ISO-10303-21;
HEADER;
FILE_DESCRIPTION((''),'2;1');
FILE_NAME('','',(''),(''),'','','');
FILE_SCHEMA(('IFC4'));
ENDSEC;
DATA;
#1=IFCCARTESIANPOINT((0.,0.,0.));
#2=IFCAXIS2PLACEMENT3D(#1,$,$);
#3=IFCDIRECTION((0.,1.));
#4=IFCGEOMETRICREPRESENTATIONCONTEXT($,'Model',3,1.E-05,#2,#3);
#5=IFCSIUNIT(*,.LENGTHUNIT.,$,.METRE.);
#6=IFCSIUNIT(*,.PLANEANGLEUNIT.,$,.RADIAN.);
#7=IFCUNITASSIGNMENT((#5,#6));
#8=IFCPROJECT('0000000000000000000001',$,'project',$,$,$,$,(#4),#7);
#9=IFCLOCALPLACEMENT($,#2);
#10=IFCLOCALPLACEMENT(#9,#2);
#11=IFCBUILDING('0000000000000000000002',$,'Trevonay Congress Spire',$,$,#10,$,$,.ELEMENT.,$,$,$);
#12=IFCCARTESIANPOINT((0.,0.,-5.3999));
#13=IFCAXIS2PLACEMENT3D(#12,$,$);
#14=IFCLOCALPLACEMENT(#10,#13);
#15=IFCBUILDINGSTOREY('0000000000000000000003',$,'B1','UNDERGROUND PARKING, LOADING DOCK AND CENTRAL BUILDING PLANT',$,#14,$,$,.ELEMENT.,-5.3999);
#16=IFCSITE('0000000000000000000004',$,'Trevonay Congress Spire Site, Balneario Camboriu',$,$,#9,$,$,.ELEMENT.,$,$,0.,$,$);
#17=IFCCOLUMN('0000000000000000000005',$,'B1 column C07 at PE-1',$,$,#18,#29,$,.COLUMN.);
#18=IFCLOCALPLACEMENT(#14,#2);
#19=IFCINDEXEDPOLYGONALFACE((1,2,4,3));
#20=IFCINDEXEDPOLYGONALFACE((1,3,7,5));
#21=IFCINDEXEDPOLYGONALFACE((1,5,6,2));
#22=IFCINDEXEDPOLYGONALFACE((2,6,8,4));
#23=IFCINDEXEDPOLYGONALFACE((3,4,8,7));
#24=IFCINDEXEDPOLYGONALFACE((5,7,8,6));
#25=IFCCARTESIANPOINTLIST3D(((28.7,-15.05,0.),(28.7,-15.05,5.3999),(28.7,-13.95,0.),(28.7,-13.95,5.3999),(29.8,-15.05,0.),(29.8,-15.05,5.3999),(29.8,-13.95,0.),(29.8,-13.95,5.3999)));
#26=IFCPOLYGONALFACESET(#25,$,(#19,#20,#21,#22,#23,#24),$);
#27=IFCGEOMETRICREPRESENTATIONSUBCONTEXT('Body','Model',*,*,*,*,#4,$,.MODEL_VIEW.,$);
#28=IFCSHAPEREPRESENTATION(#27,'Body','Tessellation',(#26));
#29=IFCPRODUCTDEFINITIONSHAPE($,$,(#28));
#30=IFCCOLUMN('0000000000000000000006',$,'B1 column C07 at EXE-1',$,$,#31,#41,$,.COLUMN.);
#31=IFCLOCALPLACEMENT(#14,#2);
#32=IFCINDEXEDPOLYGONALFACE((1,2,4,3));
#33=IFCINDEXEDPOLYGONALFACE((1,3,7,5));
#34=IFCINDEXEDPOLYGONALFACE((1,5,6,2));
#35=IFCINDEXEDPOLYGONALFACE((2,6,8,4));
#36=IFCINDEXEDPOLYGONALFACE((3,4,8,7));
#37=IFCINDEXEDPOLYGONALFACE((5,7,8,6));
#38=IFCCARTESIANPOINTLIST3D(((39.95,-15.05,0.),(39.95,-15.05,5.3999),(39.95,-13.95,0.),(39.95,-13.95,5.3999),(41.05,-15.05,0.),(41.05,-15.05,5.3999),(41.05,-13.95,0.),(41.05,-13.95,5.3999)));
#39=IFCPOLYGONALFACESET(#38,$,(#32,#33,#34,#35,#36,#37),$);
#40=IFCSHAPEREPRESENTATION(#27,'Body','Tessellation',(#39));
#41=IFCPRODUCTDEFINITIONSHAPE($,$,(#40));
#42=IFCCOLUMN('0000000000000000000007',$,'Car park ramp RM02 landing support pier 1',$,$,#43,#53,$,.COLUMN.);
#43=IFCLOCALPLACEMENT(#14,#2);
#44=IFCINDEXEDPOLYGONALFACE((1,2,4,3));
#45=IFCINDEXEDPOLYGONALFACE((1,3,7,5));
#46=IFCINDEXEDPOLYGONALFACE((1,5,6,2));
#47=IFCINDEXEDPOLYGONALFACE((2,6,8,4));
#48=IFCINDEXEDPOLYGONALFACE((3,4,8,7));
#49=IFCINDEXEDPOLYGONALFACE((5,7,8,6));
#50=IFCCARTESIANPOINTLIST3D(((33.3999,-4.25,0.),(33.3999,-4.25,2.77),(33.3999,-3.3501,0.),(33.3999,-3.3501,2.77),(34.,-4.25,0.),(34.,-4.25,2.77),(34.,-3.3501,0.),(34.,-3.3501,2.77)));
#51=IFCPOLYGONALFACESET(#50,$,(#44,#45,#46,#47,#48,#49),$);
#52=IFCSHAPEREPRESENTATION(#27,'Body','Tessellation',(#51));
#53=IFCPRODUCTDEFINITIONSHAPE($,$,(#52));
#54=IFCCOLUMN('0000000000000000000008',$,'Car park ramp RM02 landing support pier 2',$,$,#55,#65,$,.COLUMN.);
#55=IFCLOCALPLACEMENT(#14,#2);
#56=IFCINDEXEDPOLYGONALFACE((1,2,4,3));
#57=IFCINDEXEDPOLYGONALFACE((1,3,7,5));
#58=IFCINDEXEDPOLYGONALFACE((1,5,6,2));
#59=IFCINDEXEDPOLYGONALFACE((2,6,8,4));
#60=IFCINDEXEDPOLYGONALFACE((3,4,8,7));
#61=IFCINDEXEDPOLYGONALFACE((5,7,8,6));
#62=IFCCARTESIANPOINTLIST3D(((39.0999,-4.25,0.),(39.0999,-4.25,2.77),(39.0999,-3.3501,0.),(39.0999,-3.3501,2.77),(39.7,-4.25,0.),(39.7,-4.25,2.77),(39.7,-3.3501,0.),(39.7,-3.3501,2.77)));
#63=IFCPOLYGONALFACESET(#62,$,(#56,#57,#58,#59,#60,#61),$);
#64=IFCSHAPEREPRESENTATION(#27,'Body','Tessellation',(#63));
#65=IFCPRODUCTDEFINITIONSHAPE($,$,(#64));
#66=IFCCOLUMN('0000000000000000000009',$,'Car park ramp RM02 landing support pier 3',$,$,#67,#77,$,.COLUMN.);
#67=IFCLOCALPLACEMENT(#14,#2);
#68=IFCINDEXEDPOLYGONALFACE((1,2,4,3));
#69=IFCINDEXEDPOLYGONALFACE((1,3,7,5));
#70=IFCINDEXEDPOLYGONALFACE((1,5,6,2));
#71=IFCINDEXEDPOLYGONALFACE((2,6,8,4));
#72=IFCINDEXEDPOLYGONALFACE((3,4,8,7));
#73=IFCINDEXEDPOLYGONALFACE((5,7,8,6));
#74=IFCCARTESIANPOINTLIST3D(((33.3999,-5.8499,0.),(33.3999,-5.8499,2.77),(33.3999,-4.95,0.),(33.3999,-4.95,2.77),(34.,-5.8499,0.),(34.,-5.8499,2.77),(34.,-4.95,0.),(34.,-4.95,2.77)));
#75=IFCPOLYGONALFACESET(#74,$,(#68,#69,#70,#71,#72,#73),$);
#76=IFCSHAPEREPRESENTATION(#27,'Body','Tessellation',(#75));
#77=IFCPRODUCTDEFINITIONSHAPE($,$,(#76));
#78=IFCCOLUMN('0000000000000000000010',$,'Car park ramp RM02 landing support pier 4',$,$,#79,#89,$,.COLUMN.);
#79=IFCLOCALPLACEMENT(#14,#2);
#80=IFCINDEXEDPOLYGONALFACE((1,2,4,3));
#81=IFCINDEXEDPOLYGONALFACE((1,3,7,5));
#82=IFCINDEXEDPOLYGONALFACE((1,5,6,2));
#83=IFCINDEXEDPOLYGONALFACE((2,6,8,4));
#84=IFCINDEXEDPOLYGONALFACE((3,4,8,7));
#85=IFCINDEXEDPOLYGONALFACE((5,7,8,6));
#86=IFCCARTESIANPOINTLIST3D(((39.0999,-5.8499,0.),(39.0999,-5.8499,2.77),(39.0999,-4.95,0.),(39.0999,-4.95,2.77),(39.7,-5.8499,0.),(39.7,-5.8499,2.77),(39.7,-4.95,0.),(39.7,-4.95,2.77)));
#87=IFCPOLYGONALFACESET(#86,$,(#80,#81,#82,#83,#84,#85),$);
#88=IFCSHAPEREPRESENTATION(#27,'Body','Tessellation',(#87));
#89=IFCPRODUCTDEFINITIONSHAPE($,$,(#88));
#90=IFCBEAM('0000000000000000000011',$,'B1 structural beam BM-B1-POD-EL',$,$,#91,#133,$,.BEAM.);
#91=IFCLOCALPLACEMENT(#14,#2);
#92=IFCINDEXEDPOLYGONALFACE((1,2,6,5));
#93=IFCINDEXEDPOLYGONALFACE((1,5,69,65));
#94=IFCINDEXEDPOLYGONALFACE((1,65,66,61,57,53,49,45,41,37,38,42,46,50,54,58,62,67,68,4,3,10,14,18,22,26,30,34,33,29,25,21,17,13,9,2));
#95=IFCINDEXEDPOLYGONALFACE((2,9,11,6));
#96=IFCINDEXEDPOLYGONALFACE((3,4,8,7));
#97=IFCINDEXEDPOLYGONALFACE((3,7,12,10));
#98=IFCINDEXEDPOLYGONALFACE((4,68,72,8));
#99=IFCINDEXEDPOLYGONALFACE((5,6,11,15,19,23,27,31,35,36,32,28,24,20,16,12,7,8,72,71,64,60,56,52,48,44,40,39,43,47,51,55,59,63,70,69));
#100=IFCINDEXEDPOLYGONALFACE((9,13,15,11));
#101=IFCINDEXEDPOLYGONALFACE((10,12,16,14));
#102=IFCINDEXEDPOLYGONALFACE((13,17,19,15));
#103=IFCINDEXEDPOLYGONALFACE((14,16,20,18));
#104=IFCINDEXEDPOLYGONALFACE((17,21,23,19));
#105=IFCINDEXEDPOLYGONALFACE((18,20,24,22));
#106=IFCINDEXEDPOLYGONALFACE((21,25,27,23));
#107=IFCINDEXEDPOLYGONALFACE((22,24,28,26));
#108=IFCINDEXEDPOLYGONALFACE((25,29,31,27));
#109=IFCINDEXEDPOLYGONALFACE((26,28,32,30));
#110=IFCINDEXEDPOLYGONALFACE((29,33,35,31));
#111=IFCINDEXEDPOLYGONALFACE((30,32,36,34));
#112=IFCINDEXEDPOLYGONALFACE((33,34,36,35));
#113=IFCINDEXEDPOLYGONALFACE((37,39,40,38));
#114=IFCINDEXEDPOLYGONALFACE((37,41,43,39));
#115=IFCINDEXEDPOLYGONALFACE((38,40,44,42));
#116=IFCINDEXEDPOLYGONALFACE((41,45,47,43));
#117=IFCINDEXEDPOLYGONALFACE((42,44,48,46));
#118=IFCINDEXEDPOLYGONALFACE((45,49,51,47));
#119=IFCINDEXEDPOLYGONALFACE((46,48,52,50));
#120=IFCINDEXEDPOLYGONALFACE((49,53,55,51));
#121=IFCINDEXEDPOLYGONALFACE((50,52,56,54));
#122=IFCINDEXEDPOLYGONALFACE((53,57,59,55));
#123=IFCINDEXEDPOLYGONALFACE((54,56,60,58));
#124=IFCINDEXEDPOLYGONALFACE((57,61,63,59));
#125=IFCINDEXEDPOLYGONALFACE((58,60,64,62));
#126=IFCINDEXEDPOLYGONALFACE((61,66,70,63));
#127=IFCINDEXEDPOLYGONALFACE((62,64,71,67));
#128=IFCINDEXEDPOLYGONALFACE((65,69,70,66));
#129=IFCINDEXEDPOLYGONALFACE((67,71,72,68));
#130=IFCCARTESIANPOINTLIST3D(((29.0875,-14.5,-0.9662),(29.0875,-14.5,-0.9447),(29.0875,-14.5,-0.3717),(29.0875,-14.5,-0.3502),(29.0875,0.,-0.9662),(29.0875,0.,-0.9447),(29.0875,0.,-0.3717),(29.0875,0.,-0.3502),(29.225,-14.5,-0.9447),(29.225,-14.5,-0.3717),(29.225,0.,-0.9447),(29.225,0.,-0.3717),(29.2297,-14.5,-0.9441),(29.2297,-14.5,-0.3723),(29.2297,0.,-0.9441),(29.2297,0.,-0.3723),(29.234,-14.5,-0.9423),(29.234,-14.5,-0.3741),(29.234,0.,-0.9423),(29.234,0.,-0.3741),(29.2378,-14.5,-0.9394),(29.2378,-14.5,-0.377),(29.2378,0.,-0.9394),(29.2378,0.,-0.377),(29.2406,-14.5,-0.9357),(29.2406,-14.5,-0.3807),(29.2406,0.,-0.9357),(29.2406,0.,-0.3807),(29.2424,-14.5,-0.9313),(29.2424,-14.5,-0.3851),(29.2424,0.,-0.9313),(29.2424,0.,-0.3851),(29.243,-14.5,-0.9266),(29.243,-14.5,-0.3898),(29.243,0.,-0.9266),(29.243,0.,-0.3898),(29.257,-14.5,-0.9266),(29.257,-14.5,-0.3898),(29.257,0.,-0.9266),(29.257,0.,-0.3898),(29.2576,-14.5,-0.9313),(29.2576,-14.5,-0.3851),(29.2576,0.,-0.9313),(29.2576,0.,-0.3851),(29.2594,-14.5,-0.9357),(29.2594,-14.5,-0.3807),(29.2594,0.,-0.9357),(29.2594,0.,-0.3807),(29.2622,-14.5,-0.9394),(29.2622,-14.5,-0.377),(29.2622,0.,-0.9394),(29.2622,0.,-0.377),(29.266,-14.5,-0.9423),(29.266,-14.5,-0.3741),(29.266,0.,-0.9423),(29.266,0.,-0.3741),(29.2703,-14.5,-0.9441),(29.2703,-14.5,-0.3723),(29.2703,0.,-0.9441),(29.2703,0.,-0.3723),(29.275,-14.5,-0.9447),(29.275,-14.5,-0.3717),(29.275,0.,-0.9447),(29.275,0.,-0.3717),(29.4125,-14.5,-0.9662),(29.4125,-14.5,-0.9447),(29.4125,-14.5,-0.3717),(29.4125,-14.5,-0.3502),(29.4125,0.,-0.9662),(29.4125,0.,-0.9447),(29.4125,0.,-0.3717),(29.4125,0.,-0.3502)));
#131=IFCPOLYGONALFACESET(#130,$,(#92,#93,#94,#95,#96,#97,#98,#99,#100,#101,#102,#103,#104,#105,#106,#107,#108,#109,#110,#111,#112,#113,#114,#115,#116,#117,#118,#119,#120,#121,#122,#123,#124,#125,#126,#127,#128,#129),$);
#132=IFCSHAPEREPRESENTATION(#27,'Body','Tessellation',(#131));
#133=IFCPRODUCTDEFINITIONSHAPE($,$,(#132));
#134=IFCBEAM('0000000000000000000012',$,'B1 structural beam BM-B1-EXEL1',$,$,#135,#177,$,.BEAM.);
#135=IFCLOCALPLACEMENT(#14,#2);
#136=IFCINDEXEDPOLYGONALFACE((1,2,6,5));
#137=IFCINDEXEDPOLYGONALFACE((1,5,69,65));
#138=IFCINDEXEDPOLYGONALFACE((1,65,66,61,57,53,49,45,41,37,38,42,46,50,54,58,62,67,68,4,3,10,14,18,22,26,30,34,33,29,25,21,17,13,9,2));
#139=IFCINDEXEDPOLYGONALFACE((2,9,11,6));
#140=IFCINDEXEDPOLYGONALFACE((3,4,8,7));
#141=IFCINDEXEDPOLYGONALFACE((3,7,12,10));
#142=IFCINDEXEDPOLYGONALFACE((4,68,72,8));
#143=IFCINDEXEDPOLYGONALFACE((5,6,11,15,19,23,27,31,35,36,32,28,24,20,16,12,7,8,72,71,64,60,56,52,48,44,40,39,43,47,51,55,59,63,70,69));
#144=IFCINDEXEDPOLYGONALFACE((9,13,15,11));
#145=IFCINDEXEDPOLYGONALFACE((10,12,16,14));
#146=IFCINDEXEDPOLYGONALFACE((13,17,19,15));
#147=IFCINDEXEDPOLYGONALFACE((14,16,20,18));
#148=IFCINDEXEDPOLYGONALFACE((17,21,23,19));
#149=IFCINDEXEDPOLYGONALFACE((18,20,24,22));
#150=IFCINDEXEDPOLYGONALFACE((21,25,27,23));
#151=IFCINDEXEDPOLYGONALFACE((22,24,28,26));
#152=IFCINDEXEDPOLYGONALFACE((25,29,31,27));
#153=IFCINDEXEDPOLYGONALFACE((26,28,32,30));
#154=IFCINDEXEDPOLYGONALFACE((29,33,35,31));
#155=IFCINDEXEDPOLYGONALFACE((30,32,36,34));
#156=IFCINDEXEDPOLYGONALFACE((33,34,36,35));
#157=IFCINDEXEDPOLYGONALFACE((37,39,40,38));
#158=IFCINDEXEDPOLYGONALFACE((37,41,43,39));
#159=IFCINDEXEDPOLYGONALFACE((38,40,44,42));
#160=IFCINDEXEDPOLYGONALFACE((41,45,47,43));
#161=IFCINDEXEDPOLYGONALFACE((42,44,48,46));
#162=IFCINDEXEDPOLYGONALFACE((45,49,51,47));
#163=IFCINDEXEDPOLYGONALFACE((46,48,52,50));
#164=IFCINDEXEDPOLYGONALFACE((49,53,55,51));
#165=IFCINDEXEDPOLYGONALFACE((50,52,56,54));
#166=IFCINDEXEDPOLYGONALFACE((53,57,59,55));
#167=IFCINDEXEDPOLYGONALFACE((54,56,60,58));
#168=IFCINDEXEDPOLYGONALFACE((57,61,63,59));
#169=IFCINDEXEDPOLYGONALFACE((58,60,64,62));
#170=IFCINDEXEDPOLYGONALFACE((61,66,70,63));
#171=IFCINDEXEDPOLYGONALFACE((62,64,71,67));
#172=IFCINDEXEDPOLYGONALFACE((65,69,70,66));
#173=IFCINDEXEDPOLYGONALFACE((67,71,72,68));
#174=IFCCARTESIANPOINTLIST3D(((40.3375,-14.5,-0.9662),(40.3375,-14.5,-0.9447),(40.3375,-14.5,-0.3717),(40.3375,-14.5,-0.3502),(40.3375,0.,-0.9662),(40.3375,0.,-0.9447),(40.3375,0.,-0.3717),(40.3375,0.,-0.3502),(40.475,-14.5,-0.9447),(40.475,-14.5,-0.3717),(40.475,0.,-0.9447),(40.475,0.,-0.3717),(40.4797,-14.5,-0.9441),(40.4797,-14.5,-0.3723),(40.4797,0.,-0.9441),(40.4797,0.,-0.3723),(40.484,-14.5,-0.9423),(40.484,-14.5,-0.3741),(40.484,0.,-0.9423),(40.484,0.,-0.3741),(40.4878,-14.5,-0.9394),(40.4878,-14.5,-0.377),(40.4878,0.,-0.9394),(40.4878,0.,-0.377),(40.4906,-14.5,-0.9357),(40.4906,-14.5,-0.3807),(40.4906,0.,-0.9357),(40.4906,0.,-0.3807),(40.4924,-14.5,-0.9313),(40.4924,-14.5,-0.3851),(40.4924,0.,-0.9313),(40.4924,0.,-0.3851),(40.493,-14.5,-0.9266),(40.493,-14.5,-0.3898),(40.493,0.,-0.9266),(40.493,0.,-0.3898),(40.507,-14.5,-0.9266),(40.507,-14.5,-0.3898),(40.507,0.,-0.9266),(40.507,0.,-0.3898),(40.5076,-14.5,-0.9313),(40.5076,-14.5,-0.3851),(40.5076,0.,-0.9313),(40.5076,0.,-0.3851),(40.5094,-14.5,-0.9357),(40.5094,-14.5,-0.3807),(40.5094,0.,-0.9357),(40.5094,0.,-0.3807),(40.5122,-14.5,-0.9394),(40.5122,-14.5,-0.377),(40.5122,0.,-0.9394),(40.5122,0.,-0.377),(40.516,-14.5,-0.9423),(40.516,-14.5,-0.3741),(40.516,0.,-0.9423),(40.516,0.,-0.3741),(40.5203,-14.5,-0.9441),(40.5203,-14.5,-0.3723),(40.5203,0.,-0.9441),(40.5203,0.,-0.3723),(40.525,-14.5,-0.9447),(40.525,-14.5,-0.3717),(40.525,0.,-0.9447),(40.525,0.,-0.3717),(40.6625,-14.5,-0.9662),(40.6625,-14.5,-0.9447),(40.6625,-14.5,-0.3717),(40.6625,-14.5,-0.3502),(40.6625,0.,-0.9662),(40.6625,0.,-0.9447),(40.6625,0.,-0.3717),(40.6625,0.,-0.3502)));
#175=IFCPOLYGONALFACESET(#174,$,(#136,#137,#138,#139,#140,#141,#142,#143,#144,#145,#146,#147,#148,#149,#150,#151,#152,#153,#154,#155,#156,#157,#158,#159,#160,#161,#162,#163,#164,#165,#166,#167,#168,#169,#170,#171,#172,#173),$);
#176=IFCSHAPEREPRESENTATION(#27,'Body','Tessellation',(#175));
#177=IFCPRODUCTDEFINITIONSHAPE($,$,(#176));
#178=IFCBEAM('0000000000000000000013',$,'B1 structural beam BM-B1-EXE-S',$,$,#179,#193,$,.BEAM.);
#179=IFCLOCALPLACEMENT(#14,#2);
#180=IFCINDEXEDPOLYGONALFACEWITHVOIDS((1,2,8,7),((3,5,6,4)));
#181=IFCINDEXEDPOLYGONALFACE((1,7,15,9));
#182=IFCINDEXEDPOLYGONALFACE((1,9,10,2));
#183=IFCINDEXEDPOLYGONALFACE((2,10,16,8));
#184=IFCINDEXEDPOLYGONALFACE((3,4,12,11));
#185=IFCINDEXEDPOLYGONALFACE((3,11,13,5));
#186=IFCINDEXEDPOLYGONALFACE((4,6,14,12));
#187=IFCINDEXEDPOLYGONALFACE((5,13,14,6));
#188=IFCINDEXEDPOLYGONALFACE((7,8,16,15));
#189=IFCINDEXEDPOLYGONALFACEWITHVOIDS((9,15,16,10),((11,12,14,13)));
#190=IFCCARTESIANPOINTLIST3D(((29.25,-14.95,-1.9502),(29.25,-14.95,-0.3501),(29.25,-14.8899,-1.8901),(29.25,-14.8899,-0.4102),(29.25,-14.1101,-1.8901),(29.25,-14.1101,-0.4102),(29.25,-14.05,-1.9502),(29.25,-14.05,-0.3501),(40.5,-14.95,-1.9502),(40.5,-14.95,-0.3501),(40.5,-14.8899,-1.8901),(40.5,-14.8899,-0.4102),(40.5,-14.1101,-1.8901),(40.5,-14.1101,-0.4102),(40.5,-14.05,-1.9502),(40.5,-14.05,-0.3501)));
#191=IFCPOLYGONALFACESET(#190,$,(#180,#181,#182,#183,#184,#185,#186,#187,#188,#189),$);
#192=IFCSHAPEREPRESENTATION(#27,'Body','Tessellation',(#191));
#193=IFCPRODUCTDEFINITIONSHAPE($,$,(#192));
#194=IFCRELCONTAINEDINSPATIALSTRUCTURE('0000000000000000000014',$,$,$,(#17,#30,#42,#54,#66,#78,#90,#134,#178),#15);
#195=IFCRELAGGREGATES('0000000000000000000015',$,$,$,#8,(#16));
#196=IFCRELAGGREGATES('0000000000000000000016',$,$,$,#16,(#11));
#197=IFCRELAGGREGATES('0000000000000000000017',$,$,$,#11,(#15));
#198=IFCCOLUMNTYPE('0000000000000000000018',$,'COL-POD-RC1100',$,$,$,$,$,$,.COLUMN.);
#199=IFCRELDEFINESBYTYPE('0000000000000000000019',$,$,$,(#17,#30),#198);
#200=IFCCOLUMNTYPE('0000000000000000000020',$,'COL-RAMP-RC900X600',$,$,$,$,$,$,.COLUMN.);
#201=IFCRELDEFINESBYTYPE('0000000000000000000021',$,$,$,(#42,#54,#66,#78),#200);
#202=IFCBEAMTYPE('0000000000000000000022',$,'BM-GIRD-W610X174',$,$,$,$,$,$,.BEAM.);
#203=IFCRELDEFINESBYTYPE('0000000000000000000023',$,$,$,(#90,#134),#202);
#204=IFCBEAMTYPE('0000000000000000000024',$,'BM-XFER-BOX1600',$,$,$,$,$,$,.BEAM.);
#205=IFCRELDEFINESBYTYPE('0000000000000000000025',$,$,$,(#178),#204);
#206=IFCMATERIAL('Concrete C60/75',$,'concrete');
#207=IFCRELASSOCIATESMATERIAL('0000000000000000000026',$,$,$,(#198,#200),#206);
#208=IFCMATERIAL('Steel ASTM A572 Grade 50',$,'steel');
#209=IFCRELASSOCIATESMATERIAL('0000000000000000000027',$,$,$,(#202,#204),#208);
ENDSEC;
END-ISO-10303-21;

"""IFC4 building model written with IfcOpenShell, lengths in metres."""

from ifc_helpers import new_model, si_unit, direction, frame, origin, origin_2d, place, context, subcontext, project, spatial, rectangle, hollow_rectangle, i_section, extrude, material, material_profile, profile_set, type_object, element, save


model = new_model("IFC4")

# Units and contexts
model_context = context("Model", 3, precision=1e-05, world=origin(), true_north=direction((0.0, 1.0)))
body_context = subcontext(model_context, "Body", "Model", "MODEL_VIEW")
ifc_project = project(units=[si_unit("LENGTHUNIT", "METRE"), si_unit("PLANEANGLEUNIT", "RADIAN")], contexts=[model_context])

# Site, building, storey
site_placement = place(None, origin())
site = spatial("IfcSite", under=ifc_project, at=site_placement, Name="Trevonay Congress Spire Site, Balneario Camboriu", CompositionType="ELEMENT", RefElevation=0.0)
building_placement = place(site_placement, origin())
building = spatial("IfcBuilding", under=site, at=building_placement, Name="Trevonay Congress Spire", CompositionType="ELEMENT")
storey_placement = place(building_placement, frame((0.0, 0.0, -5.3999)))
storey = spatial("IfcBuildingStorey", under=building, at=storey_placement, Name="B1", Description="UNDERGROUND PARKING, LOADING DOCK AND CENTRAL BUILDING PLANT", CompositionType="ELEMENT", Elevation=-5.3999)

# Columns
ifc_material_1 = material(Name="Concrete C60/75", Category="concrete")
ifc_material_profile_1 = material_profile(ifc_material_1, rectangle(XDim=1.1001, YDim=1.1001, at=origin_2d()), Name="RC 1100x1100")
ifc_profile_set_1 = profile_set([ifc_material_profile_1], Name="Concrete C60/75")
column_type_1 = type_object("IfcColumnType", Name="COL-POD-RC1100", PredefinedType="COLUMN", material=ifc_profile_set_1)
for number, where, z_axis, x_axis, name in (
    (1, (29.25, -14.5, 0.0), (0.0, 0.0, 1.0), (1.0, 0.0, 0.0), "B1 column C07 at PE-1"),
    (2, (40.5, -14.5, 0.0), (0.0, 0.0, 1.0), (1.0, 0.0, 0.0), "B1 column C07 at EXE-1"),
):
    element("IfcColumn", number, at=place(storey_placement, frame(where, z_axis=z_axis, x_axis=x_axis)), inside=storey, type_object=column_type_1, Name=name, PredefinedType="COLUMN", context=body_context, shape_type="SweptSolid", body=[
        extrude(rectangle(XDim=1.1001, YDim=1.1001, at=origin_2d()), origin(), (0.0, 0.0, 1.0), 5.3999),
    ])
ifc_material_profile_2 = material_profile(ifc_material_1, rectangle(XDim=0.6001, YDim=0.8999, at=origin_2d()), Name="RC 900x600")
ifc_profile_set_2 = profile_set([ifc_material_profile_2], Name="Concrete C60/75")
column_type_2 = type_object("IfcColumnType", Name="COL-RAMP-RC900X600", PredefinedType="COLUMN", material=ifc_profile_set_2)
for number, where, z_axis, x_axis, name in (
    (3, (33.7, -3.8, 0.0), (0.0, 0.0, 1.0), (1.0, 0.0, 0.0), "Car park ramp RM02 landing support pier 1"),
    (4, (39.3999, -3.8, 0.0), (0.0, 0.0, 1.0), (1.0, 0.0, 0.0), "Car park ramp RM02 landing support pier 2"),
    (5, (33.7, -5.3999, 0.0), (0.0, 0.0, 1.0), (1.0, 0.0, 0.0), "Car park ramp RM02 landing support pier 3"),
    (6, (39.3999, -5.3999, 0.0), (0.0, 0.0, 1.0), (1.0, 0.0, 0.0), "Car park ramp RM02 landing support pier 4"),
):
    element("IfcColumn", number, at=place(storey_placement, frame(where, z_axis=z_axis, x_axis=x_axis)), inside=storey, type_object=column_type_2, Name=name, PredefinedType="COLUMN", context=body_context, shape_type="SweptSolid", body=[
        extrude(rectangle(XDim=0.6001, YDim=0.8999, at=origin_2d()), origin(), (0.0, 0.0, 1.0), 2.77),
    ])

# Beams
ifc_material_2 = material(Name="Steel ASTM A572 Grade 50", Category="steel")
ifc_material_profile_3 = material_profile(ifc_material_2, i_section(OverallWidth=0.325, OverallDepth=0.616, WebThickness=0.0139, FlangeThickness=0.0215, FilletRadius=0.0181, at=origin_2d()), Name="W610x174")
ifc_profile_set_3 = profile_set([ifc_material_profile_3], Name="Steel ASTM A572 Grade 50")
beam_type_1 = type_object("IfcBeamType", Name="BM-GIRD-W610X174", PredefinedType="BEAM", material=ifc_profile_set_3)
for number, where, z_axis, x_axis, name in (
    (7, (29.25, -14.5, -0.6582), (0.0, 1.0, 0.0), (-1.0, 0.0, 0.0), "B1 structural beam BM-B1-POD-EL"),
    (8, (40.5, -14.5, -0.6582), (0.0, 1.0, 0.0), (-1.0, 0.0, 0.0), "B1 structural beam BM-B1-EXEL1"),
):
    element("IfcBeam", number, at=place(storey_placement, frame(where, z_axis=z_axis, x_axis=x_axis)), inside=storey, type_object=beam_type_1, Name=name, PredefinedType="BEAM", context=body_context, shape_type="SweptSolid", body=[
        extrude(i_section(OverallWidth=0.325, OverallDepth=0.616, WebThickness=0.0139, FlangeThickness=0.0215, FilletRadius=0.0181, at=origin_2d()), origin(), (0.0, 0.0, 1.0), 14.5),
    ])
ifc_material_profile_4 = material_profile(ifc_material_2, hollow_rectangle(XDim=0.8999, YDim=1.6001, WallThickness=0.0601, at=origin_2d()), Name="BOX 1600x900x60")
ifc_profile_set_4 = profile_set([ifc_material_profile_4], Name="Steel ASTM A572 Grade 50")
beam_type_2 = type_object("IfcBeamType", Name="BM-XFER-BOX1600", PredefinedType="BEAM", material=ifc_profile_set_4)
beam_placement = place(storey_placement, frame((29.25, -14.5, -1.1501), z_axis=(1.0, 0.0, 0.0), x_axis=(0.0, 1.0, 0.0)))
element("IfcBeam", 9, at=beam_placement, inside=storey, type_object=beam_type_2, Name="B1 structural beam BM-B1-EXE-S", PredefinedType="BEAM", context=body_context, shape_type="SweptSolid", body=[
    extrude(hollow_rectangle(XDim=0.8999, YDim=1.6001, WallThickness=0.0601, at=origin_2d()), origin(), (0.0, 0.0, 1.0), 11.25),
])

save(model, "model.ifc")
